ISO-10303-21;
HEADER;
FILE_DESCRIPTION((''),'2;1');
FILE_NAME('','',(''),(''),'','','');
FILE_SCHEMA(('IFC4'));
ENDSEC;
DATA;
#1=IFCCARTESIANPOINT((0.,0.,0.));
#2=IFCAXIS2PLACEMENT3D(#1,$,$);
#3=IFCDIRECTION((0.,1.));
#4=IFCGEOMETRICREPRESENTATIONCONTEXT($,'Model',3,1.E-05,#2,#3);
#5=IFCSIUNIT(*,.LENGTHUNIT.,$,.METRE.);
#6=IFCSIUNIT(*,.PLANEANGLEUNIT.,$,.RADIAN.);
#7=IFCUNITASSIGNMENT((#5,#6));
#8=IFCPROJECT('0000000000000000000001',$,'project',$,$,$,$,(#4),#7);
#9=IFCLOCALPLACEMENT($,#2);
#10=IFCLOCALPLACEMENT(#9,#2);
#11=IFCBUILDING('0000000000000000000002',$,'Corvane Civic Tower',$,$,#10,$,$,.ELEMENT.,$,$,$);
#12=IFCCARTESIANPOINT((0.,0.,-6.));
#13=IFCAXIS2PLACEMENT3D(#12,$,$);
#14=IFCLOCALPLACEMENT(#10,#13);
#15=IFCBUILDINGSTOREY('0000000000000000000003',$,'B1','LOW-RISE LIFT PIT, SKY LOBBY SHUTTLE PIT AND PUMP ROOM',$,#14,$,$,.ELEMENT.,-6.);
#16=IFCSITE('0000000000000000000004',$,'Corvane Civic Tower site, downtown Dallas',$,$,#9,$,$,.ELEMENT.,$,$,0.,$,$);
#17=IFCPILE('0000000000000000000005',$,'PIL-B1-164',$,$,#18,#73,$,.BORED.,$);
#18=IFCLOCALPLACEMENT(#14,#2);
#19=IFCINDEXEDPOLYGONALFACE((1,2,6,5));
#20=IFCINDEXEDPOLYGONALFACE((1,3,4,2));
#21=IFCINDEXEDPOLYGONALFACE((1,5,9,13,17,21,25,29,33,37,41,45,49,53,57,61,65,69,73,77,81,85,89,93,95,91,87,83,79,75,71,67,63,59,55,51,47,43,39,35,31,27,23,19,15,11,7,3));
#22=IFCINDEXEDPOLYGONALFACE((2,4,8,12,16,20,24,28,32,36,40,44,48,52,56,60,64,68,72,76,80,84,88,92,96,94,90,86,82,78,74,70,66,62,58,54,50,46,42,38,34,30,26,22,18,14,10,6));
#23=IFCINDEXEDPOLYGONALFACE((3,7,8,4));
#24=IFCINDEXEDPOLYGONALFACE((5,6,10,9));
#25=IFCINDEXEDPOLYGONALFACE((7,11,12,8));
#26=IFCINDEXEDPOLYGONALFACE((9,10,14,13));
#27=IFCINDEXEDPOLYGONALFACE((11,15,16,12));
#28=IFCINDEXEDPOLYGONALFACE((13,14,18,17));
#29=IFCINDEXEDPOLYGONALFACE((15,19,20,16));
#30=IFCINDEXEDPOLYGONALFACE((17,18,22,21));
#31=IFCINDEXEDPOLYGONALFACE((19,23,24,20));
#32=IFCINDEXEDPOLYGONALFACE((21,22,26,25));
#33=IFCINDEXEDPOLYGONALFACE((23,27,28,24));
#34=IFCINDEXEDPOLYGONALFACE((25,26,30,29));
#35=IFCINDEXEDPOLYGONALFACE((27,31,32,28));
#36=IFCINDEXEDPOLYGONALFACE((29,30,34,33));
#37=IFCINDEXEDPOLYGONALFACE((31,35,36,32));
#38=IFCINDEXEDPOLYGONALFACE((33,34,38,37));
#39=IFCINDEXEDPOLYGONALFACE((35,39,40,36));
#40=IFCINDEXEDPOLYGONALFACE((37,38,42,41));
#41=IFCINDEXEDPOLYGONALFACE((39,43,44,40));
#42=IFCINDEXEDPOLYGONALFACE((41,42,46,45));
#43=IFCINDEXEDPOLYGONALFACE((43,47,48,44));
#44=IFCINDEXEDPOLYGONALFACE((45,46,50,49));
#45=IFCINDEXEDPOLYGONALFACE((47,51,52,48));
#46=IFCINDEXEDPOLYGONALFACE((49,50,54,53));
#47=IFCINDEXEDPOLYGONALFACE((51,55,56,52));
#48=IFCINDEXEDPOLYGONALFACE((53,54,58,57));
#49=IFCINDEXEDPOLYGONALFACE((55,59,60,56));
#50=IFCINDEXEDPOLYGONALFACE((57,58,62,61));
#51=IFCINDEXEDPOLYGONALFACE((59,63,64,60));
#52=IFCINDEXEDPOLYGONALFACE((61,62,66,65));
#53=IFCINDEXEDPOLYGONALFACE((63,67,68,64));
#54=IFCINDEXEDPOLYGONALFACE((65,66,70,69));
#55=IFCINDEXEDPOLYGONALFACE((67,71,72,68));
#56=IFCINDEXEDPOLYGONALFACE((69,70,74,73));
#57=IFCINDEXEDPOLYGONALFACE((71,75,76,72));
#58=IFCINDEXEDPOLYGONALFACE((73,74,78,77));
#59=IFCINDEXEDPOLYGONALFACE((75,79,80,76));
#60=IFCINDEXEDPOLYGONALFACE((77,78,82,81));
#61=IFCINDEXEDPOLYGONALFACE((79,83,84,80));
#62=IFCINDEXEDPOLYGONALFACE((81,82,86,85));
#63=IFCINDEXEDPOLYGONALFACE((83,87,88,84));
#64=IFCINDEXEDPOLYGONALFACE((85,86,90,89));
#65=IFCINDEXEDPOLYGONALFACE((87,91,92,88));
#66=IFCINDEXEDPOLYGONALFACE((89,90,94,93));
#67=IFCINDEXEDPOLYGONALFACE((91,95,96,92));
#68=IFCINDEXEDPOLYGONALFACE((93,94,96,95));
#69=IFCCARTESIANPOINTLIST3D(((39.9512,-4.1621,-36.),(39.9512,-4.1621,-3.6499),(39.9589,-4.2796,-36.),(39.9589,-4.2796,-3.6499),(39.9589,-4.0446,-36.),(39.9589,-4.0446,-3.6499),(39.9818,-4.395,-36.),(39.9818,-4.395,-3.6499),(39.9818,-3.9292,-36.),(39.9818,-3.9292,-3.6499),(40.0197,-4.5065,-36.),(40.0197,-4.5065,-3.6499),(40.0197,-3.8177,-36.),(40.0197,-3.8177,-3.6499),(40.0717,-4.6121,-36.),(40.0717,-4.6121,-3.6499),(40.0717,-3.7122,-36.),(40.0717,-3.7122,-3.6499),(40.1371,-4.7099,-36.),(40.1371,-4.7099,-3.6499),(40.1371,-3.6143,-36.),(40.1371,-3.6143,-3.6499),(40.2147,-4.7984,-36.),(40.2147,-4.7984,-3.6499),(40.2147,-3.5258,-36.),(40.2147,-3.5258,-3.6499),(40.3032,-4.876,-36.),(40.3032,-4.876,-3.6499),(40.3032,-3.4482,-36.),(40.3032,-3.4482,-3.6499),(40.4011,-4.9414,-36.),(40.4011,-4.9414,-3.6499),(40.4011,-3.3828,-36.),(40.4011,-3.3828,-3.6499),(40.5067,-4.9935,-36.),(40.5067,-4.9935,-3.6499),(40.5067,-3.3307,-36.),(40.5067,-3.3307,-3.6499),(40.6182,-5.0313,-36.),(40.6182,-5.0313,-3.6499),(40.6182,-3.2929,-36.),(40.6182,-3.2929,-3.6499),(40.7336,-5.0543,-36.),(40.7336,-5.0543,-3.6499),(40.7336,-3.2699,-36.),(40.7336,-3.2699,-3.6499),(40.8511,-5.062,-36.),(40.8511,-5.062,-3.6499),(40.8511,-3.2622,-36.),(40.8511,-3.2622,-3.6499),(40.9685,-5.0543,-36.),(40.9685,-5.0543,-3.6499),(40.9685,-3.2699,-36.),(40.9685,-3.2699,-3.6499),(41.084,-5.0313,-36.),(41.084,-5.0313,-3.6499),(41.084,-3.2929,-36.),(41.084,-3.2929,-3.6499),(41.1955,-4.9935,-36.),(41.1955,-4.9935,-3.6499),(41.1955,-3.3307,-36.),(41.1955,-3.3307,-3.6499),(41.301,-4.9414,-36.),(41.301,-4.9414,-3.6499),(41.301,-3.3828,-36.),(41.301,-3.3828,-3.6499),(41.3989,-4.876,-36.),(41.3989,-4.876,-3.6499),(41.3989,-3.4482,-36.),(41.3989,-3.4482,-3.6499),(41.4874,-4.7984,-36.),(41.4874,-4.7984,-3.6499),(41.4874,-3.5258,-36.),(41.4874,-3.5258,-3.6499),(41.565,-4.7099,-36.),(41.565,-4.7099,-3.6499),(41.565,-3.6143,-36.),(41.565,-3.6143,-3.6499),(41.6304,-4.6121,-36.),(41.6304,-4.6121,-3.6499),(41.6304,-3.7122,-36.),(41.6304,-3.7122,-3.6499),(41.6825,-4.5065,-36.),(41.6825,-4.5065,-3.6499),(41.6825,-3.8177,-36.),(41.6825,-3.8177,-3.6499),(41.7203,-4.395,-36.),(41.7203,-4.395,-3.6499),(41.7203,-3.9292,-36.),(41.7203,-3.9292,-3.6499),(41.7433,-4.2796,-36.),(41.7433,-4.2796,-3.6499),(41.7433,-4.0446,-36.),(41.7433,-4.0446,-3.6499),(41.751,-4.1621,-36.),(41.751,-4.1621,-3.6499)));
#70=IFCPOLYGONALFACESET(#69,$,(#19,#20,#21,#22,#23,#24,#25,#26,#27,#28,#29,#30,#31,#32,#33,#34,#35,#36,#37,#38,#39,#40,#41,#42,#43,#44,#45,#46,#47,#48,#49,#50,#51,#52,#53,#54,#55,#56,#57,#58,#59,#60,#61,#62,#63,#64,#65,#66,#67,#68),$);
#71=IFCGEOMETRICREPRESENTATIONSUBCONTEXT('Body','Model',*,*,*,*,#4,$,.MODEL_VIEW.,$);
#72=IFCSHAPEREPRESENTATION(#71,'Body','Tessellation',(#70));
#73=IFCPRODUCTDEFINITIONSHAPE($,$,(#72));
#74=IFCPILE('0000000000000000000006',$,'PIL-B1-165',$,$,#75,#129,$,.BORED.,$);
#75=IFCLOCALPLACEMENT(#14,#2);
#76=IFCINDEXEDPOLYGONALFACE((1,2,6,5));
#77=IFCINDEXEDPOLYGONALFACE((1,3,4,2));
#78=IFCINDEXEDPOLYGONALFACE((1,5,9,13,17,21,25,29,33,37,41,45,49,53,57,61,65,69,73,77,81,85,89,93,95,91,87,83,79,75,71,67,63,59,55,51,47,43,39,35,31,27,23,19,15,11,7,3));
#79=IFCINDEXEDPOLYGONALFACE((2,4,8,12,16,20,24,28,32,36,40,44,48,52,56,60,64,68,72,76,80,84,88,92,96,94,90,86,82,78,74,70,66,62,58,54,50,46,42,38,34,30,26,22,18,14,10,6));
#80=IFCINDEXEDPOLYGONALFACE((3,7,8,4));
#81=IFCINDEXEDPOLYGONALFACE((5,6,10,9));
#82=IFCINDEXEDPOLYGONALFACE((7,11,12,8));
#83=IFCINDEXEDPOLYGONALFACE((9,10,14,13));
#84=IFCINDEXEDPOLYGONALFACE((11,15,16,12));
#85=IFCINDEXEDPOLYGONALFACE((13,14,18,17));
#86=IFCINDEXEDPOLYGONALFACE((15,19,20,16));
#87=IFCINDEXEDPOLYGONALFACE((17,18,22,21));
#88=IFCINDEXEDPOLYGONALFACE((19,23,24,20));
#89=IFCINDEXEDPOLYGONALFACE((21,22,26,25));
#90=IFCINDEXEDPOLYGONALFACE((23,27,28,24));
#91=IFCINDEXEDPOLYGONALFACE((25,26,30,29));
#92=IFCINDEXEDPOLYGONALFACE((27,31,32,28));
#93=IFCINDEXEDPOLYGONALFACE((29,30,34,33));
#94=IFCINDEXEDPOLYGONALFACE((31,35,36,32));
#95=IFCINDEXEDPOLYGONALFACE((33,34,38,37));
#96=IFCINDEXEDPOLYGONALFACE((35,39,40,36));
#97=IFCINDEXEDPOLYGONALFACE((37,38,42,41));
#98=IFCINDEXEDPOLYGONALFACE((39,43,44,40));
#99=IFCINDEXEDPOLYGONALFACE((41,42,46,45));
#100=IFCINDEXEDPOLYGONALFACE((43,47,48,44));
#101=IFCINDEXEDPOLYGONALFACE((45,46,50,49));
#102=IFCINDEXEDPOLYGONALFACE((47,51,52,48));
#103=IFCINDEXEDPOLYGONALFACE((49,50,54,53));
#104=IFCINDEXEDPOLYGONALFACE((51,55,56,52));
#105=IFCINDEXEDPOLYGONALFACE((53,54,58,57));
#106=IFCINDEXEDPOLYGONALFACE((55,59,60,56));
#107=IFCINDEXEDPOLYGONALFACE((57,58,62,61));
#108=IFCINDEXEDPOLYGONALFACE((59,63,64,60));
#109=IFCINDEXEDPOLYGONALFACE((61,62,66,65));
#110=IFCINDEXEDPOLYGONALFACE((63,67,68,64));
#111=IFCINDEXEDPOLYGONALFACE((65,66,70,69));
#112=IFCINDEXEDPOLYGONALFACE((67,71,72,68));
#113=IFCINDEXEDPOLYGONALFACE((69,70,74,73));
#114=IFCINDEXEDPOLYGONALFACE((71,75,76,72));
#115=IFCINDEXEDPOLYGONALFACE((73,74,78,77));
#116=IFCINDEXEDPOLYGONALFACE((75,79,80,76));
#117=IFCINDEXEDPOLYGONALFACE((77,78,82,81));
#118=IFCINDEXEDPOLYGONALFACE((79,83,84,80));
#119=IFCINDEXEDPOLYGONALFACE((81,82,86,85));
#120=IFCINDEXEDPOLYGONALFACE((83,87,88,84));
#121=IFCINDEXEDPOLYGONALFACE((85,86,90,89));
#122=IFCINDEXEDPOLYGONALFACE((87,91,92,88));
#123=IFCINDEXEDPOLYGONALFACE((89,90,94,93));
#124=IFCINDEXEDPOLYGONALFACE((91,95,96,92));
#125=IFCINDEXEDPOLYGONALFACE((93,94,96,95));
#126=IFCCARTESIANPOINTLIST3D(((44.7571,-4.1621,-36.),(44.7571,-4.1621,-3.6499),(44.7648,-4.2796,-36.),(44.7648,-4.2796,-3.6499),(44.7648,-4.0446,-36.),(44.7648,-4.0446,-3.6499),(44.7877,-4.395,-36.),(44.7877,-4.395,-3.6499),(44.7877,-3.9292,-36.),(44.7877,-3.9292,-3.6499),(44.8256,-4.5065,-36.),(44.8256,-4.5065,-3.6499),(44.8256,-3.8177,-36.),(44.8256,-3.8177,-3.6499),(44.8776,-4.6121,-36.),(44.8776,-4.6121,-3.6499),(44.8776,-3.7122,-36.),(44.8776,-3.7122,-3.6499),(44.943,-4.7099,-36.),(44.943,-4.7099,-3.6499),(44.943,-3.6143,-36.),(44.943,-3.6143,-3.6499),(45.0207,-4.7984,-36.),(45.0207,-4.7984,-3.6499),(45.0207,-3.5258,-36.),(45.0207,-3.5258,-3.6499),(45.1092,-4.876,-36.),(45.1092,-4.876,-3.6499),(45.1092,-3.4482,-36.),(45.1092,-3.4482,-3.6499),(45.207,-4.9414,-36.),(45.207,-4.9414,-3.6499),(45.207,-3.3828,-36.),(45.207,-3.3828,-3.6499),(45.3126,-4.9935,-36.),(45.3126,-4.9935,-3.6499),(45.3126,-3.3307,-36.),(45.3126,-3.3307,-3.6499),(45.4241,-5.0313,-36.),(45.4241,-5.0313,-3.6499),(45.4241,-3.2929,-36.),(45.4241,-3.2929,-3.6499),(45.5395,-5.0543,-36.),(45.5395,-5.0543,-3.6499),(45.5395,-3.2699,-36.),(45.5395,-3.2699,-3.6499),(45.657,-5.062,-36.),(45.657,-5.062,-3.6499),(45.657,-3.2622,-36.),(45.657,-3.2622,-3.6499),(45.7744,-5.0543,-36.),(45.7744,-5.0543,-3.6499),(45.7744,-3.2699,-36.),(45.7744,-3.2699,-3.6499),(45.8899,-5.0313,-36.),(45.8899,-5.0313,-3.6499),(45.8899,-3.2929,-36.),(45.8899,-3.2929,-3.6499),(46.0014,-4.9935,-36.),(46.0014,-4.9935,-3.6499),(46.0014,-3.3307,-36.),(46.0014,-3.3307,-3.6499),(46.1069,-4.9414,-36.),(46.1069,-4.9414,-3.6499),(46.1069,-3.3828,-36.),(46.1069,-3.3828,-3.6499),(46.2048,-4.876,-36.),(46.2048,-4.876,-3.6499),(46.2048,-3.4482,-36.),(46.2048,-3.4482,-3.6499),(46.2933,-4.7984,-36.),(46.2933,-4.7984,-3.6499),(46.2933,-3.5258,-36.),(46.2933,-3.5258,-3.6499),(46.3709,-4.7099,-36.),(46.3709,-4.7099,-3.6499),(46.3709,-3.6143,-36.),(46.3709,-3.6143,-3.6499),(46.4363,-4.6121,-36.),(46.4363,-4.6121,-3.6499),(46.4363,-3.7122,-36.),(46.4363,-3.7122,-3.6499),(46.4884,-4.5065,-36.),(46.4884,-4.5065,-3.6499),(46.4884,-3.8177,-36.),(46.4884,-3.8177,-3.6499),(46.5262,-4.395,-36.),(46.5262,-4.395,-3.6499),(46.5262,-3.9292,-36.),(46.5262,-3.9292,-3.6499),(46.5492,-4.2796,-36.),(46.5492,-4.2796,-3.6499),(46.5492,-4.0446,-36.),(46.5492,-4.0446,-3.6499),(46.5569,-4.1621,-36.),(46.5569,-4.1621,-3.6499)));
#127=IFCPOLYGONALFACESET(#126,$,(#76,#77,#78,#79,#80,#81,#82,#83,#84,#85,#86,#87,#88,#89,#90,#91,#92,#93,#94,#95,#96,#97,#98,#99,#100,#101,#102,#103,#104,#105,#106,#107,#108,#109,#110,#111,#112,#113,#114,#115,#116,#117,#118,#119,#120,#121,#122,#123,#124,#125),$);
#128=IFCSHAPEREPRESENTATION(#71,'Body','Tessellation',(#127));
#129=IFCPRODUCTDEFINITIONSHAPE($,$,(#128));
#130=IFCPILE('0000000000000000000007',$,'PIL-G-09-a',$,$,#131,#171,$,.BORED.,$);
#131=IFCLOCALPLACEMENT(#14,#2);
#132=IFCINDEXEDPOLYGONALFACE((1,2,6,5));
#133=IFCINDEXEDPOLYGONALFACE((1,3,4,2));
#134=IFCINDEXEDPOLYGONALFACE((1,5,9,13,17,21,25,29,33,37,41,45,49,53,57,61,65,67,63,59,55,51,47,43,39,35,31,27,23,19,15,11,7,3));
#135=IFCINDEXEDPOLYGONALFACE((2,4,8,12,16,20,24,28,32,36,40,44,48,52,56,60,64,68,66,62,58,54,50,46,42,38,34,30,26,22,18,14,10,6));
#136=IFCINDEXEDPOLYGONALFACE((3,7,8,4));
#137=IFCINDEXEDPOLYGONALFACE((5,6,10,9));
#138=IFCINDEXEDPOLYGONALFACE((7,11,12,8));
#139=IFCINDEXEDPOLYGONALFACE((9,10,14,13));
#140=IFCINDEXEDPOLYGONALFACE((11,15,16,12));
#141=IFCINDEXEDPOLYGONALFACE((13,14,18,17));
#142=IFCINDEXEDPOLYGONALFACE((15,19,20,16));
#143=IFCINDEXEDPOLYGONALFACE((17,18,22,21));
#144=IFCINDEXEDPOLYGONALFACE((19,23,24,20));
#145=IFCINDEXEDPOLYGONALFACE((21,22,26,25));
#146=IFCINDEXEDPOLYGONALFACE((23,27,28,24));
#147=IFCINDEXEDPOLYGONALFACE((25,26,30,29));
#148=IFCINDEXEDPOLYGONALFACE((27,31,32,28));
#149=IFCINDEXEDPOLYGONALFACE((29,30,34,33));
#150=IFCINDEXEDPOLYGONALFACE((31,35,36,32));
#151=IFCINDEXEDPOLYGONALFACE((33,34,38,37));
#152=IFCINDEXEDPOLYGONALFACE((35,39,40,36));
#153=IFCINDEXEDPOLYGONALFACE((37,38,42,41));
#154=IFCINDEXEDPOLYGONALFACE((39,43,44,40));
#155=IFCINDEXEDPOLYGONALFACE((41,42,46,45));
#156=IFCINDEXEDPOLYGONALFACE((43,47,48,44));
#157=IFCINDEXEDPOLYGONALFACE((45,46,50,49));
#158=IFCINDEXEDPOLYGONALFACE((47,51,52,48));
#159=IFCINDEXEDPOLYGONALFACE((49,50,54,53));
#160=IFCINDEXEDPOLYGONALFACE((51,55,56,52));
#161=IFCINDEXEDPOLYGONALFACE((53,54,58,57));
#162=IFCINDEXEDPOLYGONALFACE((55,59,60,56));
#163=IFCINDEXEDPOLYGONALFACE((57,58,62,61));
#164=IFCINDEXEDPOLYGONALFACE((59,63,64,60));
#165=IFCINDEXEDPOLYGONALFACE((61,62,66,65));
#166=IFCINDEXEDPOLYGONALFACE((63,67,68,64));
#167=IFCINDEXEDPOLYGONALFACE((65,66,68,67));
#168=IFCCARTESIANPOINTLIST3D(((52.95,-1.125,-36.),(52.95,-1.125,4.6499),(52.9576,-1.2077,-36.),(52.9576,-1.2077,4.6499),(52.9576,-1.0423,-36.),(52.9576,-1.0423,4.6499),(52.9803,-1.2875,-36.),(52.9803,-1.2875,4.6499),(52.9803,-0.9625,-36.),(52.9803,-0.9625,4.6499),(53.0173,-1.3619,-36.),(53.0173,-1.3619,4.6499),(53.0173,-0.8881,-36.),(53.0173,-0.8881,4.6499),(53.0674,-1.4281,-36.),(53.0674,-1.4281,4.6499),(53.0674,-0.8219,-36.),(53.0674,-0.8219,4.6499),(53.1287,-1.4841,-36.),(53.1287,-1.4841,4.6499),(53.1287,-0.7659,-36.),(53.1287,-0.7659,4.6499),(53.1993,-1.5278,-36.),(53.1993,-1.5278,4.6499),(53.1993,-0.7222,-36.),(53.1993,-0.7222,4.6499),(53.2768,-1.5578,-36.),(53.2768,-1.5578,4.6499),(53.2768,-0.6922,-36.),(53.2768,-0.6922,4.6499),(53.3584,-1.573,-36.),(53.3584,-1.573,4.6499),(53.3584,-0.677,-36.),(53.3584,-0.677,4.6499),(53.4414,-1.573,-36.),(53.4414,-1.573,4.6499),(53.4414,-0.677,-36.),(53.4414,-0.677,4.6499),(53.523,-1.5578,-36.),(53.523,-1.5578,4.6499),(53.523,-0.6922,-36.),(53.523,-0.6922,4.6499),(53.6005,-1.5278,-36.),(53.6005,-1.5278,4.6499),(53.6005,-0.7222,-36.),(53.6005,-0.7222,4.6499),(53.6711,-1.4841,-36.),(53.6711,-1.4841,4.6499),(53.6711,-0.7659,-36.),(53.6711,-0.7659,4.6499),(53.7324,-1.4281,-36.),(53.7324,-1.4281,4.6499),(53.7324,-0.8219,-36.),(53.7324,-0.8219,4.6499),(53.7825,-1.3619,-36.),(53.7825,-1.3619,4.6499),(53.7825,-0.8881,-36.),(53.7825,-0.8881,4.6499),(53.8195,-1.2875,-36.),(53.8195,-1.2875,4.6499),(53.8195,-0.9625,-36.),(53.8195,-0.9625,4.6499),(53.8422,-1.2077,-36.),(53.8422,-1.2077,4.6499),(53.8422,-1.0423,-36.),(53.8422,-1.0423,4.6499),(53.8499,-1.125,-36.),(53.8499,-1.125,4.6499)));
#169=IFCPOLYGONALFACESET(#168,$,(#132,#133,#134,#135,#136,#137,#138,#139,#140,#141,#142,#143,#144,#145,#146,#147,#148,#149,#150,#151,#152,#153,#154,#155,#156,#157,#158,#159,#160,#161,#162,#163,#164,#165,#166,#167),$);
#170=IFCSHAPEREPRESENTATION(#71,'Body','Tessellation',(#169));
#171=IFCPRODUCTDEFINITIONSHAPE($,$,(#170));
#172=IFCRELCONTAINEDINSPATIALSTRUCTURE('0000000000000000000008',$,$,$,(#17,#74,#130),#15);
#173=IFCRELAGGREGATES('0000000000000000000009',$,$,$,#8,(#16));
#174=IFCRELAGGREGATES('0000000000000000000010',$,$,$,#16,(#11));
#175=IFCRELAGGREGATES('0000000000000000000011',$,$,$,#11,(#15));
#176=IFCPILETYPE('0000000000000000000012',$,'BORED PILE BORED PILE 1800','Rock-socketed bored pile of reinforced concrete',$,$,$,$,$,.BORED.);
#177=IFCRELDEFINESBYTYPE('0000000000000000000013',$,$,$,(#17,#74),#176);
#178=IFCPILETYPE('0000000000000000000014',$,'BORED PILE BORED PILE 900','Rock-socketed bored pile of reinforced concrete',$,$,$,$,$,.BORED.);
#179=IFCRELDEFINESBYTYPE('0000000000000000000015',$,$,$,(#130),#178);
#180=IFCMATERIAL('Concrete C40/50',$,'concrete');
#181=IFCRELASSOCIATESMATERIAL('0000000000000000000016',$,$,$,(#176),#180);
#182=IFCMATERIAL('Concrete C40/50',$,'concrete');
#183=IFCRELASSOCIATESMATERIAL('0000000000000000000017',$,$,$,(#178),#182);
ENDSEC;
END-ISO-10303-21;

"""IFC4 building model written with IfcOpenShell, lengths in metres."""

from ifc_helpers import new_model, si_unit, direction, frame, origin, origin_2d, place, context, subcontext, project, spatial, circle, extrude, material, material_profile, profile_set, type_object, element, save


model = new_model("IFC4")

# Units and contexts
model_context = context("Model", 3, precision=1e-05, world=origin(), true_north=direction((0.0, 1.0)))
body_context = subcontext(model_context, "Body", "Model", "MODEL_VIEW")
ifc_project = project(units=[si_unit("LENGTHUNIT", "METRE"), si_unit("PLANEANGLEUNIT", "RADIAN")], contexts=[model_context])

# Site, building, storey
site_placement = place(None, origin())
site = spatial("IfcSite", under=ifc_project, at=site_placement, Name="Corvane Civic Tower site, downtown Dallas", CompositionType="ELEMENT", RefElevation=0.0)
building_placement = place(site_placement, origin())
building = spatial("IfcBuilding", under=site, at=building_placement, Name="Corvane Civic Tower", CompositionType="ELEMENT")
storey_placement = place(building_placement, frame((0.0, 0.0, -6.0)))
storey = spatial("IfcBuildingStorey", under=building, at=storey_placement, Name="B1", Description="LOW-RISE LIFT PIT, SKY LOBBY SHUTTLE PIT AND PUMP ROOM", CompositionType="ELEMENT", Elevation=-6.0)

# Piles
ifc_material_1 = material(Name="Concrete C40/50", Category="concrete")
ifc_material_profile_1 = material_profile(ifc_material_1, circle(Radius=0.8999, at=origin_2d()), Name="BORED PILE 1800")
ifc_profile_set_1 = profile_set([ifc_material_profile_1], Name="Concrete C40/50")
pile_type_1 = type_object("IfcPileType", Name="BORED PILE BORED PILE 1800", Description="Rock-socketed bored pile of reinforced concrete", PredefinedType="BORED", material=ifc_profile_set_1)
for number, where, z_axis, x_axis, name in (
    (1, (40.8511, -4.1621, -3.6499), (0.0, 0.0, -1.0), (1.0, 0.0, 0.0), "PIL-B1-164"),
    (2, (45.657, -4.1621, -3.6499), (0.0, 0.0, -1.0), (1.0, 0.0, 0.0), "PIL-B1-165"),
):
    element("IfcPile", number, at=place(storey_placement, frame(where, z_axis=z_axis, x_axis=x_axis)), inside=storey, type_object=pile_type_1, Name=name, PredefinedType="BORED", context=body_context, shape_type="SweptSolid", body=[
        extrude(circle(Radius=0.8999, at=origin_2d()), origin(), (0.0, 0.0, 1.0), 32.3501),
    ])
ifc_material_2 = material(Name="Concrete C40/50", Category="concrete")
ifc_material_profile_2 = material_profile(ifc_material_2, circle(Radius=0.45, at=origin_2d()), Name="BORED PILE 900")
ifc_profile_set_2 = profile_set([ifc_material_profile_2], Name="Concrete C40/50")
pile_type_2 = type_object("IfcPileType", Name="BORED PILE BORED PILE 900", Description="Rock-socketed bored pile of reinforced concrete", PredefinedType="BORED", material=ifc_profile_set_2)
for number, where, z_axis, x_axis, name in (
    (3, (53.3999, -1.125, 4.6499), (0.0, 0.0, -1.0), (1.0, 0.0, 0.0), "PIL-G-09-a"),
):
    element("IfcPile", number, at=place(storey_placement, frame(where, z_axis=z_axis, x_axis=x_axis)), inside=storey, type_object=pile_type_2, Name=name, PredefinedType="BORED", context=body_context, shape_type="SweptSolid", body=[
        extrude(circle(Radius=0.45, at=origin_2d()), origin(), (0.0, 0.0, 1.0), 40.6499),
    ])

save(model, "model.ifc")
